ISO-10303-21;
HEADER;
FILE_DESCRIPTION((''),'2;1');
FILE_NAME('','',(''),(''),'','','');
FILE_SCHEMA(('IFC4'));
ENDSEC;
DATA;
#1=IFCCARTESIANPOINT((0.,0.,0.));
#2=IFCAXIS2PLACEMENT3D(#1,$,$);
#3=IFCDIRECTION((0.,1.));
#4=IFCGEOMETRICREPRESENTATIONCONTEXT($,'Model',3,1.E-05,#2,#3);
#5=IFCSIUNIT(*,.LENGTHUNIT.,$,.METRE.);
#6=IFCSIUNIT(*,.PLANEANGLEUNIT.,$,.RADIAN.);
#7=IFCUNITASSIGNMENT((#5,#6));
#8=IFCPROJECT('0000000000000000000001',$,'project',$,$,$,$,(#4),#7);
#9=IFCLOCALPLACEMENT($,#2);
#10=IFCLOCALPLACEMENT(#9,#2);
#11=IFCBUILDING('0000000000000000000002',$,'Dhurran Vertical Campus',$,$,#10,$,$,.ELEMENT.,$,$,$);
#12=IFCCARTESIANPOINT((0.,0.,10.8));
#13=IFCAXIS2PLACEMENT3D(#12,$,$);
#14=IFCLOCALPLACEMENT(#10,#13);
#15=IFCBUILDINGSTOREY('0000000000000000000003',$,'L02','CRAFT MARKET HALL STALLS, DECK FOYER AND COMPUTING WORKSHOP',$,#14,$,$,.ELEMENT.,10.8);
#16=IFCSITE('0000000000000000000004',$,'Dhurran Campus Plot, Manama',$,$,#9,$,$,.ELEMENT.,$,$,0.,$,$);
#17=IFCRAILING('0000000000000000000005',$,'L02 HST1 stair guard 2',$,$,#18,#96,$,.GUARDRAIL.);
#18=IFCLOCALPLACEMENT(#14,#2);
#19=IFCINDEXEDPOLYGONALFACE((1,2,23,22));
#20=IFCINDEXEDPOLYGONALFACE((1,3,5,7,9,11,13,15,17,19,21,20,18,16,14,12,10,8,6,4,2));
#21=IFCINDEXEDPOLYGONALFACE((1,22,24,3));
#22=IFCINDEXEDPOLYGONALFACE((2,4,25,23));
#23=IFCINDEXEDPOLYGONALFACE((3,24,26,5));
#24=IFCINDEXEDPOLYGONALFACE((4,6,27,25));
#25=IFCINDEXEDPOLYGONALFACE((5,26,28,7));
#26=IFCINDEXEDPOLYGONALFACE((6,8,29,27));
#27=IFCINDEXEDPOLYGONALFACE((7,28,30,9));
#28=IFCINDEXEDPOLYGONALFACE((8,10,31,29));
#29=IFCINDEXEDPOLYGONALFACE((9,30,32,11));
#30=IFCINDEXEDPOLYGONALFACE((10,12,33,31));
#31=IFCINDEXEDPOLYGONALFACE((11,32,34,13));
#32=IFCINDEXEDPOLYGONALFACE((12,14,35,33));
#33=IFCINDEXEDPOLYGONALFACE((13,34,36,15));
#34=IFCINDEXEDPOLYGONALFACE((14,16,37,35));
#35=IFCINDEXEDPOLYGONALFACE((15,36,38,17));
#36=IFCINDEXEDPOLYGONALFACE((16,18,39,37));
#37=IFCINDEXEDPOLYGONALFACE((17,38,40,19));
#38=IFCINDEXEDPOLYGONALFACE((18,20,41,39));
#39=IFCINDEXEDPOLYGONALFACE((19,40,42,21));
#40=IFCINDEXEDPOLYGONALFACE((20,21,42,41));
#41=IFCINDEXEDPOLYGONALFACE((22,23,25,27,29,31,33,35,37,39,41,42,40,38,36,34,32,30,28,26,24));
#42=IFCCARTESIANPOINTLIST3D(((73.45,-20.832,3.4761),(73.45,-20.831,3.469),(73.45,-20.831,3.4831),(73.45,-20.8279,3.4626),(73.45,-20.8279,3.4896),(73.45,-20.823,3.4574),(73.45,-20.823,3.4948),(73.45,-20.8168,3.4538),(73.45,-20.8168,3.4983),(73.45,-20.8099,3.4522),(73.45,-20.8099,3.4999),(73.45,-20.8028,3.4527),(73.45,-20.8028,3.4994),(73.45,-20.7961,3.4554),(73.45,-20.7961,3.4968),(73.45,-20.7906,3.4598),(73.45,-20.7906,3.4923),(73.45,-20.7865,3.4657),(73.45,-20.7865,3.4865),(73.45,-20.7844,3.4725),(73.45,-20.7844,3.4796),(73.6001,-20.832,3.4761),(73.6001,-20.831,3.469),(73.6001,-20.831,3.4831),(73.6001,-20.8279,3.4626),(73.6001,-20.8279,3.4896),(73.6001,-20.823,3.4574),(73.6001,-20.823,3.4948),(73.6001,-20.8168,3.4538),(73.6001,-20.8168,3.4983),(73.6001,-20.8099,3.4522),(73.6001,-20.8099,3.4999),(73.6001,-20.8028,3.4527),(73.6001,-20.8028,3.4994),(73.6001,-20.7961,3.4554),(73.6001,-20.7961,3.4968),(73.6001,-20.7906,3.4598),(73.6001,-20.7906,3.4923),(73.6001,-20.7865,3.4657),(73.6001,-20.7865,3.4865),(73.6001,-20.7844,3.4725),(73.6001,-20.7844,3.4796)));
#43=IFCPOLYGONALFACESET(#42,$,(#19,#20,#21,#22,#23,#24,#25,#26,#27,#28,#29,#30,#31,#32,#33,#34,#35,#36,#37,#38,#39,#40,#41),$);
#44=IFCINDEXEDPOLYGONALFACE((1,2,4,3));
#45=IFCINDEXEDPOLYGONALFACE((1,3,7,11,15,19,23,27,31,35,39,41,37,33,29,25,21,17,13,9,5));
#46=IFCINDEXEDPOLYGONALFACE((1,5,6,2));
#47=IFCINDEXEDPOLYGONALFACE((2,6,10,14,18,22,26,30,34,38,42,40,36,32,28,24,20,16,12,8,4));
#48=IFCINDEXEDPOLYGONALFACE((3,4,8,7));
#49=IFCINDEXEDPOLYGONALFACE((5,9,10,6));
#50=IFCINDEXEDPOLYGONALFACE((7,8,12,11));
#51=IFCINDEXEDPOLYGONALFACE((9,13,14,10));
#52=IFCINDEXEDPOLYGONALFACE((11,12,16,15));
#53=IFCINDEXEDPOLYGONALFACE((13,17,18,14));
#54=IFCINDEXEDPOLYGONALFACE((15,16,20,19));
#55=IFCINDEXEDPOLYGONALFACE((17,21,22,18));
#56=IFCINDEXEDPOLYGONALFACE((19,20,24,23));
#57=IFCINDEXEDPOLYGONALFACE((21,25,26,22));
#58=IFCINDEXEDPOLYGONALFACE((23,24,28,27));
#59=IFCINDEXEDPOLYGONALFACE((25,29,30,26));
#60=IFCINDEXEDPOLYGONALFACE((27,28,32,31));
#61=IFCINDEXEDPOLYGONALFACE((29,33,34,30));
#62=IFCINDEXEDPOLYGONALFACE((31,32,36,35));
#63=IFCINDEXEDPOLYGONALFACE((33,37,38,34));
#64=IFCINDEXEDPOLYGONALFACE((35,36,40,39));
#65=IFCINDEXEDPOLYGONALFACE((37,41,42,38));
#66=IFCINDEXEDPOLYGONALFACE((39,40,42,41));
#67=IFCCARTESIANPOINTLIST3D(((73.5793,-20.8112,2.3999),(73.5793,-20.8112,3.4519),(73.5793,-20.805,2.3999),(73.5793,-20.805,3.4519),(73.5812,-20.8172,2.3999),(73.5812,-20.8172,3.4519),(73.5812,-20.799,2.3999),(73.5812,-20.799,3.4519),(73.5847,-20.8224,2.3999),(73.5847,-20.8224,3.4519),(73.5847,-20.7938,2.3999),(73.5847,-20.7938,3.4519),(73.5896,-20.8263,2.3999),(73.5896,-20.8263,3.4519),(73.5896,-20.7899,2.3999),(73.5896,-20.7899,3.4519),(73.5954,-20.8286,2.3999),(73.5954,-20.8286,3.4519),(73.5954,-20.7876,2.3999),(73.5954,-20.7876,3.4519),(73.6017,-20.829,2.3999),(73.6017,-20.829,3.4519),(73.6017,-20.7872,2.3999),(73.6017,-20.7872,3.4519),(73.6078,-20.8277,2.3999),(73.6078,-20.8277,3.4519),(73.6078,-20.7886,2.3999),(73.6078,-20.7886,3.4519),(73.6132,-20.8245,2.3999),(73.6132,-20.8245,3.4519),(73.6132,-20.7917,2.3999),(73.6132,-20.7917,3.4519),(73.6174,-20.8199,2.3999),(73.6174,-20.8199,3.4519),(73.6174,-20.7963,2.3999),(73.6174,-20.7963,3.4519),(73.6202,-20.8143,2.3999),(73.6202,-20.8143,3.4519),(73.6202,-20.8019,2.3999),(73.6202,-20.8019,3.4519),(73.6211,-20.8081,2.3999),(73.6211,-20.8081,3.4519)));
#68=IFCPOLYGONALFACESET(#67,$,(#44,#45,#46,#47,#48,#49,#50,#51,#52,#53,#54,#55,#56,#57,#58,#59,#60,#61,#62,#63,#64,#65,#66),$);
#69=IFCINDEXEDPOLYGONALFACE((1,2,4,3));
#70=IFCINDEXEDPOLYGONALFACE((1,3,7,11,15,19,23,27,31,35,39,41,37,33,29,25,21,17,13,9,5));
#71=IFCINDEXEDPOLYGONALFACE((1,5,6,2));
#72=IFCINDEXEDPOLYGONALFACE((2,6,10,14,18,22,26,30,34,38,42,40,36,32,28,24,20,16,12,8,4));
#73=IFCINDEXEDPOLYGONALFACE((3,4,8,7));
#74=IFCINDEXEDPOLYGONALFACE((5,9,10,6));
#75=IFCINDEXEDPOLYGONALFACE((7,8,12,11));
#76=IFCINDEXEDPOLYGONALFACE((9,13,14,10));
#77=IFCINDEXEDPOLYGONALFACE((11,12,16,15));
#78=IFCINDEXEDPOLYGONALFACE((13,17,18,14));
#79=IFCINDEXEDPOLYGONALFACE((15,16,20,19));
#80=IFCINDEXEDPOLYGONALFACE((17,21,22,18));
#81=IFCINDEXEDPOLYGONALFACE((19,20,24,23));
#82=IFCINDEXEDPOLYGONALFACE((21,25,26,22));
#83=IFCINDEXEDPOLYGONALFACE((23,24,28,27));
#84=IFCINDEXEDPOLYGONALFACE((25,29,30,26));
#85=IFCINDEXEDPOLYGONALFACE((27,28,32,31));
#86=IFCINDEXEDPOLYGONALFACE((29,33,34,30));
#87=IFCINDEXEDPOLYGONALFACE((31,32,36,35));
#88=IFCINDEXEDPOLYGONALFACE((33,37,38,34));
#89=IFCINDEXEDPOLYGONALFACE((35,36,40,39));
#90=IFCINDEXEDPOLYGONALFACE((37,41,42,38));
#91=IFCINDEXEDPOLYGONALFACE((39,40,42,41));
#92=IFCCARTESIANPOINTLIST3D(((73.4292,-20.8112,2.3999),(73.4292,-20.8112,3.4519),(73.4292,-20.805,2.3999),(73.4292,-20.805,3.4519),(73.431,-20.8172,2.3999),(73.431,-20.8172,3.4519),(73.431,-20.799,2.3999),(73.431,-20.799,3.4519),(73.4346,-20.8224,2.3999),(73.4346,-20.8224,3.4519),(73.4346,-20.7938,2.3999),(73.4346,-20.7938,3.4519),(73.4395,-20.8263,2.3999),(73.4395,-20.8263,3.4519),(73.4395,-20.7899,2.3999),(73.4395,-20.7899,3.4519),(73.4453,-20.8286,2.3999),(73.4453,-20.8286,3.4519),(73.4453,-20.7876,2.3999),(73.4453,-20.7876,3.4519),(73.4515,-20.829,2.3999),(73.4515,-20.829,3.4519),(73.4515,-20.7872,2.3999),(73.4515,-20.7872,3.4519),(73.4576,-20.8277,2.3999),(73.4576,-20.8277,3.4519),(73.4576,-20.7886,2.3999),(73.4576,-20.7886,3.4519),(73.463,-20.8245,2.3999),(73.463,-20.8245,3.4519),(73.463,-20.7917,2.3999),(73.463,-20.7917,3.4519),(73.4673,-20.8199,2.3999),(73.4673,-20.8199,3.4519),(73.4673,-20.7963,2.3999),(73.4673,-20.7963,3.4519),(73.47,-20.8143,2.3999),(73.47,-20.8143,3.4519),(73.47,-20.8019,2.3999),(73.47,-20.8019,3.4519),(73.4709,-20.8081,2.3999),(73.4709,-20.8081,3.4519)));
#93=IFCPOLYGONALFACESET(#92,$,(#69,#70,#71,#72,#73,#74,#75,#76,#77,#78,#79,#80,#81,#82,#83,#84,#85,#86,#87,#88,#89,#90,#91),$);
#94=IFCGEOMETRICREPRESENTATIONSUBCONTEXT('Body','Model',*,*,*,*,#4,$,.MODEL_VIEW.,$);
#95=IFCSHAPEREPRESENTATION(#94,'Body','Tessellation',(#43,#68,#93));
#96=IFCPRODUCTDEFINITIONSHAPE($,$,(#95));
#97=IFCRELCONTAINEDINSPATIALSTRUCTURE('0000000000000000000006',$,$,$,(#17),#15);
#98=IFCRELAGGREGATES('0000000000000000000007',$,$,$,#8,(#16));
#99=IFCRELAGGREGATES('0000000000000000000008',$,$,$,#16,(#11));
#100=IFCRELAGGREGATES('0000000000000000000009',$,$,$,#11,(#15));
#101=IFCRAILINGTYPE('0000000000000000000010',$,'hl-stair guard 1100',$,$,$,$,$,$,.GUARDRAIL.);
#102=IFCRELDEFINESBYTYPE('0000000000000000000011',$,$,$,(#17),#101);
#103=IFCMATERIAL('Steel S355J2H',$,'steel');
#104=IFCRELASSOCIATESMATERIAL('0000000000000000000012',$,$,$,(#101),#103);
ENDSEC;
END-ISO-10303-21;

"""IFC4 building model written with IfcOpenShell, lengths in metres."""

from ifc_helpers import new_model, si_unit, direction, frame, origin, origin_2d, place, context, subcontext, project, spatial, circle, extrude, material, type_object, element, save


model = new_model("IFC4")

# Units and contexts
model_context = context("Model", 3, precision=1e-05, world=origin(), true_north=direction((0.0, 1.0)))
body_context = subcontext(model_context, "Body", "Model", "MODEL_VIEW")
ifc_project = project(units=[si_unit("LENGTHUNIT", "METRE"), si_unit("PLANEANGLEUNIT", "RADIAN")], contexts=[model_context])

# Site, building, storey
site_placement = place(None, origin())
site = spatial("IfcSite", under=ifc_project, at=site_placement, Name="Dhurran Campus Plot, Manama", CompositionType="ELEMENT", RefElevation=0.0)
building_placement = place(site_placement, origin())
building = spatial("IfcBuilding", under=site, at=building_placement, Name="Dhurran Vertical Campus", CompositionType="ELEMENT")
storey_placement = place(building_placement, frame((0.0, 0.0, 10.8)))
storey = spatial("IfcBuildingStorey", under=building, at=storey_placement, Name="L02", Description="CRAFT MARKET HALL STALLS, DECK FOYER AND COMPUTING WORKSHOP", CompositionType="ELEMENT", Elevation=10.8)

# Railing
ifc_material_1 = material(Name="Steel S355J2H", Category="steel")
railing_type_1 = type_object("IfcRailingType", Name="hl-stair guard 1100", PredefinedType="GUARDRAIL", material=ifc_material_1)
railing_1_placement = place(storey_placement, frame((73.6001, -20.8081, 2.3999)))
element("IfcRailing", 1, at=railing_1_placement, inside=storey, type_object=railing_type_1, Name="L02 HST1 stair guard 2", PredefinedType="GUARDRAIL", context=body_context, shape_type="SweptSolid", body=[
    extrude(circle(Radius=0.0239, at=origin_2d()), frame((0.0, 0.0, 1.0762), z_axis=(-1.0, 0.0, 0.0), x_axis=(0.0, -1.0, 0.0)), (0.0, 0.0, 1.0), 0.1501),
    extrude(circle(Radius=0.021, at=origin_2d()), origin(), (0.0, 0.0, 1.0), 1.052),
    extrude(circle(Radius=0.021, at=origin_2d()), frame((-0.1501, 0.0, 0.0)), (0.0, 0.0, 1.0), 1.052),
])

save(model, "model.ifc")
